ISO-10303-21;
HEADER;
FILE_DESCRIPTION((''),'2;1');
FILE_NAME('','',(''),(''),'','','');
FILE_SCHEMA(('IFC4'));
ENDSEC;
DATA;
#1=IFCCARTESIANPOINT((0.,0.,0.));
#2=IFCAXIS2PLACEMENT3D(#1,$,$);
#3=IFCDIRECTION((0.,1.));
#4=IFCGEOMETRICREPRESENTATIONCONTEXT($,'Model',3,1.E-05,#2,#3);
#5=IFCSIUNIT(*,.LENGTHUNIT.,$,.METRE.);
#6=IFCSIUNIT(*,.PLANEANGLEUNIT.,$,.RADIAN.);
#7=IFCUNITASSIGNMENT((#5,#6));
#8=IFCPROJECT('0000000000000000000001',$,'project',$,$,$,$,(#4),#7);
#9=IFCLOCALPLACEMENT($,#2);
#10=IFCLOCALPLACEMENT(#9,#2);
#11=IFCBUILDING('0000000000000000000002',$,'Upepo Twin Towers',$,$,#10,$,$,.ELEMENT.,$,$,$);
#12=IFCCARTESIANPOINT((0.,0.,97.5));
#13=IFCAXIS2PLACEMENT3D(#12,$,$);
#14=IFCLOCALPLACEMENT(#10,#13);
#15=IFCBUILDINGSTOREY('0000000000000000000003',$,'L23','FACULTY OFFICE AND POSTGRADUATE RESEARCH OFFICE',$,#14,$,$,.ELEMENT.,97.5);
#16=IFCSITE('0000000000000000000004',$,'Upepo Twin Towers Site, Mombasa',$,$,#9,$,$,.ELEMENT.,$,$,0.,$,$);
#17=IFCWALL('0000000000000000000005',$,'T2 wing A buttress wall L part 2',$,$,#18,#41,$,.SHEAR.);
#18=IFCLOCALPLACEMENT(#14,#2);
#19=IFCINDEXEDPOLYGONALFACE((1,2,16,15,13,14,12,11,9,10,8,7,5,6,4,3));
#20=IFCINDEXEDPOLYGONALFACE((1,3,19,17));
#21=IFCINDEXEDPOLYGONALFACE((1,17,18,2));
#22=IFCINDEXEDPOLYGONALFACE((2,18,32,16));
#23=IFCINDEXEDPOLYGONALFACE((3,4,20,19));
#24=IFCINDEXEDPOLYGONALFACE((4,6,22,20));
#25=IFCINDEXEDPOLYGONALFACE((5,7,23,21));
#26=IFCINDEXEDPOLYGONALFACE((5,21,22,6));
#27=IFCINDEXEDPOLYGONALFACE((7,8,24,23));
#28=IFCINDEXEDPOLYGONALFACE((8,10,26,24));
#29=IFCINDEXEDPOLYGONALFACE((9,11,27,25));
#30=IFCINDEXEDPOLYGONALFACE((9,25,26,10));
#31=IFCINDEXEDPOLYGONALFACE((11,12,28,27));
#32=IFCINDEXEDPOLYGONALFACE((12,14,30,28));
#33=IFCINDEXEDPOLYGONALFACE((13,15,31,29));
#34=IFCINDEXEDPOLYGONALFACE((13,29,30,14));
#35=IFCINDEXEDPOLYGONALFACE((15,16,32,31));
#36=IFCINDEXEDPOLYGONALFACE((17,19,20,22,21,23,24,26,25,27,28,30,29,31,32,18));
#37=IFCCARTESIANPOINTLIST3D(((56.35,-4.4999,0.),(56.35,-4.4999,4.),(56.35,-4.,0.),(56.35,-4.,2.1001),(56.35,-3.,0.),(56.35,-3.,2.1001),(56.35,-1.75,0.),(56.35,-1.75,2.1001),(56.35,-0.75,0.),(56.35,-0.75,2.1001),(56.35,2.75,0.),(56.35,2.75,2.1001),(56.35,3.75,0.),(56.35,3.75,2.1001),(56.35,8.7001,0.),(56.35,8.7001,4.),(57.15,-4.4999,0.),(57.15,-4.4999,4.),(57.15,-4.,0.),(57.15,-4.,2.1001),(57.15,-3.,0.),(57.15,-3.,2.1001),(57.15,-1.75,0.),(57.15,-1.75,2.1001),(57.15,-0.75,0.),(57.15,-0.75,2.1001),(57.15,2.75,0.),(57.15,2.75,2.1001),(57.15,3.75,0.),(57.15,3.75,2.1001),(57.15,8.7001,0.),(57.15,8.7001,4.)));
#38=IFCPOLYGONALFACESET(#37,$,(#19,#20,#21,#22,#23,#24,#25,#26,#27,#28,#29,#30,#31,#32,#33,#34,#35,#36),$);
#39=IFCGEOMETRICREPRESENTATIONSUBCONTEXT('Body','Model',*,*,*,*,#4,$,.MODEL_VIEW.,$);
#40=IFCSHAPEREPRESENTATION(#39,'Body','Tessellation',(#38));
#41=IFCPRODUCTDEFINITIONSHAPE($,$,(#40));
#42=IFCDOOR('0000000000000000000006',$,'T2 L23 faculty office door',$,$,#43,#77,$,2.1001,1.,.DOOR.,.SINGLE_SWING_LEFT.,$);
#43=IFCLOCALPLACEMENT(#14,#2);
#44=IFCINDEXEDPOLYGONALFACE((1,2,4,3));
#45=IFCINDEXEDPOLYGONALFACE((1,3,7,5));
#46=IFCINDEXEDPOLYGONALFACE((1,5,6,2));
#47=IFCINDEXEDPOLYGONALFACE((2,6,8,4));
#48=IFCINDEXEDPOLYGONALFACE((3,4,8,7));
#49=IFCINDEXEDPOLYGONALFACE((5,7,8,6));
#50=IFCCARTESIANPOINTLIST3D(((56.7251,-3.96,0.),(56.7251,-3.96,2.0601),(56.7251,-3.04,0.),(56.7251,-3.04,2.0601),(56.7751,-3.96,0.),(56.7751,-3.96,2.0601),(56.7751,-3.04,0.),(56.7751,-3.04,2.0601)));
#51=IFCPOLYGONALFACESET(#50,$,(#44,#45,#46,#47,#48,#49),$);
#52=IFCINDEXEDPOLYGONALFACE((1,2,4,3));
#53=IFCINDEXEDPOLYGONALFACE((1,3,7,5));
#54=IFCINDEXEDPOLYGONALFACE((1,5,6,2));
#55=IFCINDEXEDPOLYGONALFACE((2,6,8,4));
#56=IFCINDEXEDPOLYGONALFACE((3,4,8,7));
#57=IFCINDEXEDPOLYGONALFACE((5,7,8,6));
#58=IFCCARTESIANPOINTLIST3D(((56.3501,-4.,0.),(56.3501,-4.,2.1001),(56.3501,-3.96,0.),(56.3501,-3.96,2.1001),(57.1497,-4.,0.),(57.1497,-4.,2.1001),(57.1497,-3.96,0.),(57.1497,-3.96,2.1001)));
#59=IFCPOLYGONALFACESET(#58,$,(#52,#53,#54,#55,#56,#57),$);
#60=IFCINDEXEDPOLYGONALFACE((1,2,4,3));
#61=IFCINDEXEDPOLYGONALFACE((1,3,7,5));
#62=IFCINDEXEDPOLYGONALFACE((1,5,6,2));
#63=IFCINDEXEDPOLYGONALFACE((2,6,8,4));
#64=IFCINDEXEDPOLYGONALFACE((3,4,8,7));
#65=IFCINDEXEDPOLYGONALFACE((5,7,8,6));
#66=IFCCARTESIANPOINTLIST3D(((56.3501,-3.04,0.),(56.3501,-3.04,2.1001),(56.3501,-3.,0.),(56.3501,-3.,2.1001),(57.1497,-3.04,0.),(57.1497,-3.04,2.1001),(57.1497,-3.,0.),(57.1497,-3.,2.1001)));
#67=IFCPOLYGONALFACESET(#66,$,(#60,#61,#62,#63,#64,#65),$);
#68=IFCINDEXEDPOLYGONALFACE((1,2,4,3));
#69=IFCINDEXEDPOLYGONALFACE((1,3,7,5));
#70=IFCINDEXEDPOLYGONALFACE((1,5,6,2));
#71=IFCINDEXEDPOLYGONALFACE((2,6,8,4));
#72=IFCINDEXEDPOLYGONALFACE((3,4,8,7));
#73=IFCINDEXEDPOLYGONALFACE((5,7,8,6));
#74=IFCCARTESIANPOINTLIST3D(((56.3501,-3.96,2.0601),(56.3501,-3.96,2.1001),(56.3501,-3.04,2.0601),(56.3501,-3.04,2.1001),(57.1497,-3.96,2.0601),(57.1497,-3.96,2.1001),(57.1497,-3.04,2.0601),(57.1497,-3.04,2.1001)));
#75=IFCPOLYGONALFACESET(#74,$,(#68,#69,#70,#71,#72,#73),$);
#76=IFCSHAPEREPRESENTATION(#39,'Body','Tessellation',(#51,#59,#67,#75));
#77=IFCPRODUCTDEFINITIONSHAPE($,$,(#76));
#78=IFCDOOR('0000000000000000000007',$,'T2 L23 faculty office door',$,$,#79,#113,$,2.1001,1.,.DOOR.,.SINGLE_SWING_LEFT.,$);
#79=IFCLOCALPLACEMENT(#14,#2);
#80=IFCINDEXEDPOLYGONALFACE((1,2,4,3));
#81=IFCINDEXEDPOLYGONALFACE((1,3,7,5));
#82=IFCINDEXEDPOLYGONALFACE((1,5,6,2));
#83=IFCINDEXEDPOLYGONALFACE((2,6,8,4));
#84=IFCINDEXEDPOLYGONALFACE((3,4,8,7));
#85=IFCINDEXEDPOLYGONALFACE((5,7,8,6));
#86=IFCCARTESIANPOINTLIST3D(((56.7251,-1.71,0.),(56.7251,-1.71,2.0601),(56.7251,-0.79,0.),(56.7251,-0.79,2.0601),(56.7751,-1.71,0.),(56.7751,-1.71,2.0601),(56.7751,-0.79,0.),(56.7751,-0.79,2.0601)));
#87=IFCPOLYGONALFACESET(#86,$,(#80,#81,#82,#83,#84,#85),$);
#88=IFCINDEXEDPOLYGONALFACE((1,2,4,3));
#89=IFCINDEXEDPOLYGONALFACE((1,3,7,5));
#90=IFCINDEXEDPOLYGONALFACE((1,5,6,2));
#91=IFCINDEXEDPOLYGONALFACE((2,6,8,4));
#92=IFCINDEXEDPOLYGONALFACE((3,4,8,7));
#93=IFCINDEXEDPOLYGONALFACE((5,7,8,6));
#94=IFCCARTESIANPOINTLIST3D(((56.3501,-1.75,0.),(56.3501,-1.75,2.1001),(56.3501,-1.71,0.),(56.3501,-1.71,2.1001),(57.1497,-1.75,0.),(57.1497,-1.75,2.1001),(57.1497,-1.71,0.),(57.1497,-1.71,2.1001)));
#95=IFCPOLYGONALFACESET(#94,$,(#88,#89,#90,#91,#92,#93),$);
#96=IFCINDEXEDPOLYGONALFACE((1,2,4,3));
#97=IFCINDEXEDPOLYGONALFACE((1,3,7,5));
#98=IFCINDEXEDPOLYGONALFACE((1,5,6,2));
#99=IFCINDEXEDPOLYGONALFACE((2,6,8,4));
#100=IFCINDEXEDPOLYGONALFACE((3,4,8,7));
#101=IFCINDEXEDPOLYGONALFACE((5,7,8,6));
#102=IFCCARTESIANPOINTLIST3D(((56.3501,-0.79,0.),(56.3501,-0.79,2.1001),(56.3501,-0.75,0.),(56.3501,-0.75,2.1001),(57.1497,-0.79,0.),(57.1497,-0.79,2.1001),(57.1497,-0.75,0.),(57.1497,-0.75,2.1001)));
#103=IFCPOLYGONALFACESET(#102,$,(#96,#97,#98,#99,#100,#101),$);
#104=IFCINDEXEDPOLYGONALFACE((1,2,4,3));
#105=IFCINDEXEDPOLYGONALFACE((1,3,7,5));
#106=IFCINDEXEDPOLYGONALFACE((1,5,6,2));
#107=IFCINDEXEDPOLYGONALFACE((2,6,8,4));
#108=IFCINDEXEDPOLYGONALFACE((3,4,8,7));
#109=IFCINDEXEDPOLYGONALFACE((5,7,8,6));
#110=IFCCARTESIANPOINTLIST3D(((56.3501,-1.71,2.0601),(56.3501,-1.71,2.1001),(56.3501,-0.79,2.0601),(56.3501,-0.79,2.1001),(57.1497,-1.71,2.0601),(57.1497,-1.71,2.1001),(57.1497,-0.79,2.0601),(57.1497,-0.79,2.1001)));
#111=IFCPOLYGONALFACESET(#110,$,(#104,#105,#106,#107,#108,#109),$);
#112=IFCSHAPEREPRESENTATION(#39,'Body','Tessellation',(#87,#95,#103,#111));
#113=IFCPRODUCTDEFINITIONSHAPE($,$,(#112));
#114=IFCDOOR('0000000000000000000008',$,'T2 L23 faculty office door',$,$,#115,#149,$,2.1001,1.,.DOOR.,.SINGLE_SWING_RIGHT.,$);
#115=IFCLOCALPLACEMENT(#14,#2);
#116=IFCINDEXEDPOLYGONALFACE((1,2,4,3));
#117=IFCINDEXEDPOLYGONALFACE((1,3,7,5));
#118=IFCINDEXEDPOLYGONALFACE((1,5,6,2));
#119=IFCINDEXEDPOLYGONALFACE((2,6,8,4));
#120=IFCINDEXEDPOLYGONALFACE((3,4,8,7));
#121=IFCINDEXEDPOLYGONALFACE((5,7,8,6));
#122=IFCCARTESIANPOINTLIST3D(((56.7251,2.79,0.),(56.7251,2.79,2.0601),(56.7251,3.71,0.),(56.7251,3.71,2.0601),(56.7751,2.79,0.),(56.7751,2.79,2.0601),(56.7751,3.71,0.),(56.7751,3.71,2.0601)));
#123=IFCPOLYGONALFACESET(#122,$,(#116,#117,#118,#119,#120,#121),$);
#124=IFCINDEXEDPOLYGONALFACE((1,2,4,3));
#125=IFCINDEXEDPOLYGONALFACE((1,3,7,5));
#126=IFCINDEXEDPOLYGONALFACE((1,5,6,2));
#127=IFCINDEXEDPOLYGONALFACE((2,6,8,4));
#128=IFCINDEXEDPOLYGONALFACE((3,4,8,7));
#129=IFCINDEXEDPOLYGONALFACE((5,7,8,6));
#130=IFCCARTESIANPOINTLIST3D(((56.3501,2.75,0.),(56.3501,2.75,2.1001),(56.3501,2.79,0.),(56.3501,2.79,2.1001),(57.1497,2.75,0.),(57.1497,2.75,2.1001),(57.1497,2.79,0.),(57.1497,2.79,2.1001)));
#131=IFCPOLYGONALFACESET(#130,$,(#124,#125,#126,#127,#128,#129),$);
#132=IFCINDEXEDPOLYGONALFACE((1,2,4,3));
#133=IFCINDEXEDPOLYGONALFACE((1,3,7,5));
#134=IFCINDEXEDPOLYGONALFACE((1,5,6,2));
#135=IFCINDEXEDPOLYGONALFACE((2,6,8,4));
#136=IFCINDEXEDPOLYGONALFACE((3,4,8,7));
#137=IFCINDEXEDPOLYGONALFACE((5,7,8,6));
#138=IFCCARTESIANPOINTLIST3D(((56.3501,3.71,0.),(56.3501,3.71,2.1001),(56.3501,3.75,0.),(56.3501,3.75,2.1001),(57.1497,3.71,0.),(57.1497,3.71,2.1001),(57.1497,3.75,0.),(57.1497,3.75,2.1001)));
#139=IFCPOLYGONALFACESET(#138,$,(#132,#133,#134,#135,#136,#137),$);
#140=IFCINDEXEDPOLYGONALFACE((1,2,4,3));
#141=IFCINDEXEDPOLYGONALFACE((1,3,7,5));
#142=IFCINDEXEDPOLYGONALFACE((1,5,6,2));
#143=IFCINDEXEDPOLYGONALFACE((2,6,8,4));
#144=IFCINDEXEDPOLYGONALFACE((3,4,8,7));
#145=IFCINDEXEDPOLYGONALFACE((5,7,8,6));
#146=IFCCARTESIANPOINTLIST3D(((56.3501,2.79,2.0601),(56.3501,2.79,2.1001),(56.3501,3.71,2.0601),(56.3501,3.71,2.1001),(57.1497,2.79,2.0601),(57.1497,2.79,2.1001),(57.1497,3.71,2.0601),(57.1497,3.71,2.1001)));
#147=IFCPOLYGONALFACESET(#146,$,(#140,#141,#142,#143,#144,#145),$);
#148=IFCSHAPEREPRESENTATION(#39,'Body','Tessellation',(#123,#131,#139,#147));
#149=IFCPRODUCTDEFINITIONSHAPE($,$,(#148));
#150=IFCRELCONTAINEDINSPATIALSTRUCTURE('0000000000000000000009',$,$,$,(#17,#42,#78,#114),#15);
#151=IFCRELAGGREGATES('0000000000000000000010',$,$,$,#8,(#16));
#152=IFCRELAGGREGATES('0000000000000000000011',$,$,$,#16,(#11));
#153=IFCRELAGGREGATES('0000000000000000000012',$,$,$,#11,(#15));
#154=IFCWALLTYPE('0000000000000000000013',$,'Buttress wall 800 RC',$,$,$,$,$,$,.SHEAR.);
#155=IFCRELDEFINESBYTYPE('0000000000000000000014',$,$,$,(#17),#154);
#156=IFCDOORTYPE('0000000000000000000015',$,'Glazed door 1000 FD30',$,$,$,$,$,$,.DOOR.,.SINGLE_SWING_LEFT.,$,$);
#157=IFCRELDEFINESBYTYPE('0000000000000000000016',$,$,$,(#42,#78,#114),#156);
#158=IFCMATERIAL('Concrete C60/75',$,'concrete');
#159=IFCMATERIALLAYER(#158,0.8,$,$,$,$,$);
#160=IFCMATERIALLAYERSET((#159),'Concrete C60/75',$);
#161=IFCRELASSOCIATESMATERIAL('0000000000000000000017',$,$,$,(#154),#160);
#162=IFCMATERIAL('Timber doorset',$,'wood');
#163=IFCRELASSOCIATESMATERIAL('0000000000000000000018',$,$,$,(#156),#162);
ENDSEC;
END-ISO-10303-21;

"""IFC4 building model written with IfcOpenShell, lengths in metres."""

from ifc_helpers import new_model, si_unit, direction, frame, frame_2d, origin, place, context, subcontext, project, spatial, rectangle, extrude, material, layer, layer_set, type_object, element, fill, save


model = new_model("IFC4")

# Units and contexts
model_context = context("Model", 3, precision=1e-05, world=origin(), true_north=direction((0.0, 1.0)))
body_context = subcontext(model_context, "Body", "Model", "MODEL_VIEW")
ifc_project = project(units=[si_unit("LENGTHUNIT", "METRE"), si_unit("PLANEANGLEUNIT", "RADIAN")], contexts=[model_context])

# Site, building, storey
site_placement = place(None, origin())
site = spatial("IfcSite", under=ifc_project, at=site_placement, Name="Upepo Twin Towers Site, Mombasa", CompositionType="ELEMENT", RefElevation=0.0)
building_placement = place(site_placement, origin())
building = spatial("IfcBuilding", under=site, at=building_placement, Name="Upepo Twin Towers", CompositionType="ELEMENT")
storey_placement = place(building_placement, frame((0.0, 0.0, 97.5)))
storey = spatial("IfcBuildingStorey", under=building, at=storey_placement, Name="L23", Description="FACULTY OFFICE AND POSTGRADUATE RESEARCH OFFICE", CompositionType="ELEMENT", Elevation=97.5)

# Wall, openings, doors
ifc_material_1 = material(Name="Concrete C60/75", Category="concrete")
ifc_layer_1 = layer(ifc_material_1, 0.8)
ifc_layer_set_1 = layer_set([ifc_layer_1], Name="Concrete C60/75")
wall_type_1 = type_object("IfcWallType", Name="Buttress wall 800 RC", PredefinedType="SHEAR", material=ifc_layer_set_1)
wall_1_placement = place(storey_placement, frame((56.75, -4.5, 0.0), z_axis=(0.0, 0.0, 1.0), x_axis=(0.0, 1.0, 0.0)))
wall_1 = element("IfcWall", 1, at=wall_1_placement, inside=storey, type_object=wall_type_1, Name="T2 wing A buttress wall L part 2", PredefinedType="SHEAR", context=body_context, shape_type="SweptSolid", body=[
    extrude(rectangle(XDim=13.2, YDim=0.8, at=frame_2d((6.6001, 0.0))), origin(), (0.0, 0.0, 1.0), 4.0),
])
opening_1_placement = place(wall_1_placement, frame((0.5, 0.0, 0.0)))
opening_1 = element("IfcOpeningElement", 2, at=opening_1_placement, cuts=wall_1, PredefinedType="OPENING", context=body_context, shape_type="SweptSolid", body=[
    extrude(rectangle(XDim=1.0, YDim=2.1001, at=frame_2d((0.5, 1.05))), frame((0.0, 0.4099, 0.0), z_axis=(0.0, -1.0, 0.0), x_axis=(1.0, 0.0, 0.0)), (0.0, 0.0, 1.0), 0.8201),
])
opening_2_placement = place(wall_1_placement, frame((2.75, 0.0, 0.0)))
opening_2 = element("IfcOpeningElement", 3, at=opening_2_placement, cuts=wall_1, PredefinedType="OPENING", context=body_context, shape_type="SweptSolid", body=[
    extrude(rectangle(XDim=1.0, YDim=2.1001, at=frame_2d((0.5, 1.05))), frame((0.0, 0.4099, 0.0), z_axis=(0.0, -1.0, 0.0), x_axis=(1.0, 0.0, 0.0)), (0.0, 0.0, 1.0), 0.8201),
])
opening_3_placement = place(wall_1_placement, frame((7.25, 0.0, 0.0)))
opening_3 = element("IfcOpeningElement", 4, at=opening_3_placement, cuts=wall_1, PredefinedType="OPENING", context=body_context, shape_type="SweptSolid", body=[
    extrude(rectangle(XDim=1.0, YDim=2.1001, at=frame_2d((0.5, 1.05))), frame((0.0, 0.4099, 0.0), z_axis=(0.0, -1.0, 0.0), x_axis=(1.0, 0.0, 0.0)), (0.0, 0.0, 1.0), 0.8201),
])
ifc_material_2 = material(Name="Timber doorset", Category="wood")
door_type_1 = type_object("IfcDoorType", Name="Glazed door 1000 FD30", OperationType="SINGLE_SWING_LEFT", PredefinedType="DOOR", material=ifc_material_2)
door_1_placement = place(opening_1_placement, origin())
door_1 = element("IfcDoor", 5, at=door_1_placement, inside=storey, type_object=door_type_1, Name="T2 L23 faculty office door", OperationType="SINGLE_SWING_LEFT", OverallHeight=2.1001, OverallWidth=1.0, PredefinedType="DOOR", context=body_context, shape_type="SweptSolid", body=[
    extrude(rectangle(XDim=0.92, YDim=2.0601, at=frame_2d((0.5, 1.03))), frame((0.0, 0.0249, 0.0), z_axis=(0.0, -1.0, 0.0), x_axis=(1.0, 0.0, 0.0)), (0.0, 0.0, 1.0), 0.05),
    extrude(rectangle(XDim=0.04, YDim=2.1001, at=frame_2d((0.02, 1.05))), frame((0.0, 0.3999, 0.0), z_axis=(0.0, -1.0, 0.0), x_axis=(1.0, 0.0, 0.0)), (0.0, 0.0, 1.0), 0.7996),
    extrude(rectangle(XDim=0.04, YDim=2.1001, at=frame_2d((0.98, 1.05))), frame((0.0, 0.3999, 0.0), z_axis=(0.0, -1.0, 0.0), x_axis=(1.0, 0.0, 0.0)), (0.0, 0.0, 1.0), 0.7996),
    extrude(rectangle(XDim=0.92, YDim=0.04, at=frame_2d((0.5, 2.0801))), frame((0.0, 0.3999, 0.0), z_axis=(0.0, -1.0, 0.0), x_axis=(1.0, 0.0, 0.0)), (0.0, 0.0, 1.0), 0.7996),
])
fill(opening_1, door_1)
door_2_placement = place(opening_2_placement, origin())
door_2 = element("IfcDoor", 6, at=door_2_placement, inside=storey, type_object=door_type_1, Name="T2 L23 faculty office door", OperationType="SINGLE_SWING_LEFT", OverallHeight=2.1001, OverallWidth=1.0, PredefinedType="DOOR", context=body_context, shape_type="SweptSolid", body=[
    extrude(rectangle(XDim=0.92, YDim=2.0601, at=frame_2d((0.5, 1.03))), frame((0.0, 0.0249, 0.0), z_axis=(0.0, -1.0, 0.0), x_axis=(1.0, 0.0, 0.0)), (0.0, 0.0, 1.0), 0.05),
    extrude(rectangle(XDim=0.04, YDim=2.1001, at=frame_2d((0.02, 1.05))), frame((0.0, 0.3999, 0.0), z_axis=(0.0, -1.0, 0.0), x_axis=(1.0, 0.0, 0.0)), (0.0, 0.0, 1.0), 0.7996),
    extrude(rectangle(XDim=0.04, YDim=2.1001, at=frame_2d((0.98, 1.05))), frame((0.0, 0.3999, 0.0), z_axis=(0.0, -1.0, 0.0), x_axis=(1.0, 0.0, 0.0)), (0.0, 0.0, 1.0), 0.7996),
    extrude(rectangle(XDim=0.92, YDim=0.04, at=frame_2d((0.5, 2.0801))), frame((0.0, 0.3999, 0.0), z_axis=(0.0, -1.0, 0.0), x_axis=(1.0, 0.0, 0.0)), (0.0, 0.0, 1.0), 0.7996),
])
fill(opening_2, door_2)
door_3_placement = place(opening_3_placement, origin())
door_3 = element("IfcDoor", 7, at=door_3_placement, inside=storey, type_object=door_type_1, Name="T2 L23 faculty office door", OperationType="SINGLE_SWING_RIGHT", OverallHeight=2.1001, OverallWidth=1.0, PredefinedType="DOOR", context=body_context, shape_type="SweptSolid", body=[
    extrude(rectangle(XDim=0.92, YDim=2.0601, at=frame_2d((0.5, 1.03))), frame((0.0, 0.0249, 0.0), z_axis=(0.0, -1.0, 0.0), x_axis=(1.0, 0.0, 0.0)), (0.0, 0.0, 1.0), 0.05),
    extrude(rectangle(XDim=0.04, YDim=2.1001, at=frame_2d((0.02, 1.05))), frame((0.0, 0.3999, 0.0), z_axis=(0.0, -1.0, 0.0), x_axis=(1.0, 0.0, 0.0)), (0.0, 0.0, 1.0), 0.7996),
    extrude(rectangle(XDim=0.04, YDim=2.1001, at=frame_2d((0.98, 1.05))), frame((0.0, 0.3999, 0.0), z_axis=(0.0, -1.0, 0.0), x_axis=(1.0, 0.0, 0.0)), (0.0, 0.0, 1.0), 0.7996),
    extrude(rectangle(XDim=0.92, YDim=0.04, at=frame_2d((0.5, 2.0801))), frame((0.0, 0.3999, 0.0), z_axis=(0.0, -1.0, 0.0), x_axis=(1.0, 0.0, 0.0)), (0.0, 0.0, 1.0), 0.7996),
])
fill(opening_3, door_3)

save(model, "model.ifc")
